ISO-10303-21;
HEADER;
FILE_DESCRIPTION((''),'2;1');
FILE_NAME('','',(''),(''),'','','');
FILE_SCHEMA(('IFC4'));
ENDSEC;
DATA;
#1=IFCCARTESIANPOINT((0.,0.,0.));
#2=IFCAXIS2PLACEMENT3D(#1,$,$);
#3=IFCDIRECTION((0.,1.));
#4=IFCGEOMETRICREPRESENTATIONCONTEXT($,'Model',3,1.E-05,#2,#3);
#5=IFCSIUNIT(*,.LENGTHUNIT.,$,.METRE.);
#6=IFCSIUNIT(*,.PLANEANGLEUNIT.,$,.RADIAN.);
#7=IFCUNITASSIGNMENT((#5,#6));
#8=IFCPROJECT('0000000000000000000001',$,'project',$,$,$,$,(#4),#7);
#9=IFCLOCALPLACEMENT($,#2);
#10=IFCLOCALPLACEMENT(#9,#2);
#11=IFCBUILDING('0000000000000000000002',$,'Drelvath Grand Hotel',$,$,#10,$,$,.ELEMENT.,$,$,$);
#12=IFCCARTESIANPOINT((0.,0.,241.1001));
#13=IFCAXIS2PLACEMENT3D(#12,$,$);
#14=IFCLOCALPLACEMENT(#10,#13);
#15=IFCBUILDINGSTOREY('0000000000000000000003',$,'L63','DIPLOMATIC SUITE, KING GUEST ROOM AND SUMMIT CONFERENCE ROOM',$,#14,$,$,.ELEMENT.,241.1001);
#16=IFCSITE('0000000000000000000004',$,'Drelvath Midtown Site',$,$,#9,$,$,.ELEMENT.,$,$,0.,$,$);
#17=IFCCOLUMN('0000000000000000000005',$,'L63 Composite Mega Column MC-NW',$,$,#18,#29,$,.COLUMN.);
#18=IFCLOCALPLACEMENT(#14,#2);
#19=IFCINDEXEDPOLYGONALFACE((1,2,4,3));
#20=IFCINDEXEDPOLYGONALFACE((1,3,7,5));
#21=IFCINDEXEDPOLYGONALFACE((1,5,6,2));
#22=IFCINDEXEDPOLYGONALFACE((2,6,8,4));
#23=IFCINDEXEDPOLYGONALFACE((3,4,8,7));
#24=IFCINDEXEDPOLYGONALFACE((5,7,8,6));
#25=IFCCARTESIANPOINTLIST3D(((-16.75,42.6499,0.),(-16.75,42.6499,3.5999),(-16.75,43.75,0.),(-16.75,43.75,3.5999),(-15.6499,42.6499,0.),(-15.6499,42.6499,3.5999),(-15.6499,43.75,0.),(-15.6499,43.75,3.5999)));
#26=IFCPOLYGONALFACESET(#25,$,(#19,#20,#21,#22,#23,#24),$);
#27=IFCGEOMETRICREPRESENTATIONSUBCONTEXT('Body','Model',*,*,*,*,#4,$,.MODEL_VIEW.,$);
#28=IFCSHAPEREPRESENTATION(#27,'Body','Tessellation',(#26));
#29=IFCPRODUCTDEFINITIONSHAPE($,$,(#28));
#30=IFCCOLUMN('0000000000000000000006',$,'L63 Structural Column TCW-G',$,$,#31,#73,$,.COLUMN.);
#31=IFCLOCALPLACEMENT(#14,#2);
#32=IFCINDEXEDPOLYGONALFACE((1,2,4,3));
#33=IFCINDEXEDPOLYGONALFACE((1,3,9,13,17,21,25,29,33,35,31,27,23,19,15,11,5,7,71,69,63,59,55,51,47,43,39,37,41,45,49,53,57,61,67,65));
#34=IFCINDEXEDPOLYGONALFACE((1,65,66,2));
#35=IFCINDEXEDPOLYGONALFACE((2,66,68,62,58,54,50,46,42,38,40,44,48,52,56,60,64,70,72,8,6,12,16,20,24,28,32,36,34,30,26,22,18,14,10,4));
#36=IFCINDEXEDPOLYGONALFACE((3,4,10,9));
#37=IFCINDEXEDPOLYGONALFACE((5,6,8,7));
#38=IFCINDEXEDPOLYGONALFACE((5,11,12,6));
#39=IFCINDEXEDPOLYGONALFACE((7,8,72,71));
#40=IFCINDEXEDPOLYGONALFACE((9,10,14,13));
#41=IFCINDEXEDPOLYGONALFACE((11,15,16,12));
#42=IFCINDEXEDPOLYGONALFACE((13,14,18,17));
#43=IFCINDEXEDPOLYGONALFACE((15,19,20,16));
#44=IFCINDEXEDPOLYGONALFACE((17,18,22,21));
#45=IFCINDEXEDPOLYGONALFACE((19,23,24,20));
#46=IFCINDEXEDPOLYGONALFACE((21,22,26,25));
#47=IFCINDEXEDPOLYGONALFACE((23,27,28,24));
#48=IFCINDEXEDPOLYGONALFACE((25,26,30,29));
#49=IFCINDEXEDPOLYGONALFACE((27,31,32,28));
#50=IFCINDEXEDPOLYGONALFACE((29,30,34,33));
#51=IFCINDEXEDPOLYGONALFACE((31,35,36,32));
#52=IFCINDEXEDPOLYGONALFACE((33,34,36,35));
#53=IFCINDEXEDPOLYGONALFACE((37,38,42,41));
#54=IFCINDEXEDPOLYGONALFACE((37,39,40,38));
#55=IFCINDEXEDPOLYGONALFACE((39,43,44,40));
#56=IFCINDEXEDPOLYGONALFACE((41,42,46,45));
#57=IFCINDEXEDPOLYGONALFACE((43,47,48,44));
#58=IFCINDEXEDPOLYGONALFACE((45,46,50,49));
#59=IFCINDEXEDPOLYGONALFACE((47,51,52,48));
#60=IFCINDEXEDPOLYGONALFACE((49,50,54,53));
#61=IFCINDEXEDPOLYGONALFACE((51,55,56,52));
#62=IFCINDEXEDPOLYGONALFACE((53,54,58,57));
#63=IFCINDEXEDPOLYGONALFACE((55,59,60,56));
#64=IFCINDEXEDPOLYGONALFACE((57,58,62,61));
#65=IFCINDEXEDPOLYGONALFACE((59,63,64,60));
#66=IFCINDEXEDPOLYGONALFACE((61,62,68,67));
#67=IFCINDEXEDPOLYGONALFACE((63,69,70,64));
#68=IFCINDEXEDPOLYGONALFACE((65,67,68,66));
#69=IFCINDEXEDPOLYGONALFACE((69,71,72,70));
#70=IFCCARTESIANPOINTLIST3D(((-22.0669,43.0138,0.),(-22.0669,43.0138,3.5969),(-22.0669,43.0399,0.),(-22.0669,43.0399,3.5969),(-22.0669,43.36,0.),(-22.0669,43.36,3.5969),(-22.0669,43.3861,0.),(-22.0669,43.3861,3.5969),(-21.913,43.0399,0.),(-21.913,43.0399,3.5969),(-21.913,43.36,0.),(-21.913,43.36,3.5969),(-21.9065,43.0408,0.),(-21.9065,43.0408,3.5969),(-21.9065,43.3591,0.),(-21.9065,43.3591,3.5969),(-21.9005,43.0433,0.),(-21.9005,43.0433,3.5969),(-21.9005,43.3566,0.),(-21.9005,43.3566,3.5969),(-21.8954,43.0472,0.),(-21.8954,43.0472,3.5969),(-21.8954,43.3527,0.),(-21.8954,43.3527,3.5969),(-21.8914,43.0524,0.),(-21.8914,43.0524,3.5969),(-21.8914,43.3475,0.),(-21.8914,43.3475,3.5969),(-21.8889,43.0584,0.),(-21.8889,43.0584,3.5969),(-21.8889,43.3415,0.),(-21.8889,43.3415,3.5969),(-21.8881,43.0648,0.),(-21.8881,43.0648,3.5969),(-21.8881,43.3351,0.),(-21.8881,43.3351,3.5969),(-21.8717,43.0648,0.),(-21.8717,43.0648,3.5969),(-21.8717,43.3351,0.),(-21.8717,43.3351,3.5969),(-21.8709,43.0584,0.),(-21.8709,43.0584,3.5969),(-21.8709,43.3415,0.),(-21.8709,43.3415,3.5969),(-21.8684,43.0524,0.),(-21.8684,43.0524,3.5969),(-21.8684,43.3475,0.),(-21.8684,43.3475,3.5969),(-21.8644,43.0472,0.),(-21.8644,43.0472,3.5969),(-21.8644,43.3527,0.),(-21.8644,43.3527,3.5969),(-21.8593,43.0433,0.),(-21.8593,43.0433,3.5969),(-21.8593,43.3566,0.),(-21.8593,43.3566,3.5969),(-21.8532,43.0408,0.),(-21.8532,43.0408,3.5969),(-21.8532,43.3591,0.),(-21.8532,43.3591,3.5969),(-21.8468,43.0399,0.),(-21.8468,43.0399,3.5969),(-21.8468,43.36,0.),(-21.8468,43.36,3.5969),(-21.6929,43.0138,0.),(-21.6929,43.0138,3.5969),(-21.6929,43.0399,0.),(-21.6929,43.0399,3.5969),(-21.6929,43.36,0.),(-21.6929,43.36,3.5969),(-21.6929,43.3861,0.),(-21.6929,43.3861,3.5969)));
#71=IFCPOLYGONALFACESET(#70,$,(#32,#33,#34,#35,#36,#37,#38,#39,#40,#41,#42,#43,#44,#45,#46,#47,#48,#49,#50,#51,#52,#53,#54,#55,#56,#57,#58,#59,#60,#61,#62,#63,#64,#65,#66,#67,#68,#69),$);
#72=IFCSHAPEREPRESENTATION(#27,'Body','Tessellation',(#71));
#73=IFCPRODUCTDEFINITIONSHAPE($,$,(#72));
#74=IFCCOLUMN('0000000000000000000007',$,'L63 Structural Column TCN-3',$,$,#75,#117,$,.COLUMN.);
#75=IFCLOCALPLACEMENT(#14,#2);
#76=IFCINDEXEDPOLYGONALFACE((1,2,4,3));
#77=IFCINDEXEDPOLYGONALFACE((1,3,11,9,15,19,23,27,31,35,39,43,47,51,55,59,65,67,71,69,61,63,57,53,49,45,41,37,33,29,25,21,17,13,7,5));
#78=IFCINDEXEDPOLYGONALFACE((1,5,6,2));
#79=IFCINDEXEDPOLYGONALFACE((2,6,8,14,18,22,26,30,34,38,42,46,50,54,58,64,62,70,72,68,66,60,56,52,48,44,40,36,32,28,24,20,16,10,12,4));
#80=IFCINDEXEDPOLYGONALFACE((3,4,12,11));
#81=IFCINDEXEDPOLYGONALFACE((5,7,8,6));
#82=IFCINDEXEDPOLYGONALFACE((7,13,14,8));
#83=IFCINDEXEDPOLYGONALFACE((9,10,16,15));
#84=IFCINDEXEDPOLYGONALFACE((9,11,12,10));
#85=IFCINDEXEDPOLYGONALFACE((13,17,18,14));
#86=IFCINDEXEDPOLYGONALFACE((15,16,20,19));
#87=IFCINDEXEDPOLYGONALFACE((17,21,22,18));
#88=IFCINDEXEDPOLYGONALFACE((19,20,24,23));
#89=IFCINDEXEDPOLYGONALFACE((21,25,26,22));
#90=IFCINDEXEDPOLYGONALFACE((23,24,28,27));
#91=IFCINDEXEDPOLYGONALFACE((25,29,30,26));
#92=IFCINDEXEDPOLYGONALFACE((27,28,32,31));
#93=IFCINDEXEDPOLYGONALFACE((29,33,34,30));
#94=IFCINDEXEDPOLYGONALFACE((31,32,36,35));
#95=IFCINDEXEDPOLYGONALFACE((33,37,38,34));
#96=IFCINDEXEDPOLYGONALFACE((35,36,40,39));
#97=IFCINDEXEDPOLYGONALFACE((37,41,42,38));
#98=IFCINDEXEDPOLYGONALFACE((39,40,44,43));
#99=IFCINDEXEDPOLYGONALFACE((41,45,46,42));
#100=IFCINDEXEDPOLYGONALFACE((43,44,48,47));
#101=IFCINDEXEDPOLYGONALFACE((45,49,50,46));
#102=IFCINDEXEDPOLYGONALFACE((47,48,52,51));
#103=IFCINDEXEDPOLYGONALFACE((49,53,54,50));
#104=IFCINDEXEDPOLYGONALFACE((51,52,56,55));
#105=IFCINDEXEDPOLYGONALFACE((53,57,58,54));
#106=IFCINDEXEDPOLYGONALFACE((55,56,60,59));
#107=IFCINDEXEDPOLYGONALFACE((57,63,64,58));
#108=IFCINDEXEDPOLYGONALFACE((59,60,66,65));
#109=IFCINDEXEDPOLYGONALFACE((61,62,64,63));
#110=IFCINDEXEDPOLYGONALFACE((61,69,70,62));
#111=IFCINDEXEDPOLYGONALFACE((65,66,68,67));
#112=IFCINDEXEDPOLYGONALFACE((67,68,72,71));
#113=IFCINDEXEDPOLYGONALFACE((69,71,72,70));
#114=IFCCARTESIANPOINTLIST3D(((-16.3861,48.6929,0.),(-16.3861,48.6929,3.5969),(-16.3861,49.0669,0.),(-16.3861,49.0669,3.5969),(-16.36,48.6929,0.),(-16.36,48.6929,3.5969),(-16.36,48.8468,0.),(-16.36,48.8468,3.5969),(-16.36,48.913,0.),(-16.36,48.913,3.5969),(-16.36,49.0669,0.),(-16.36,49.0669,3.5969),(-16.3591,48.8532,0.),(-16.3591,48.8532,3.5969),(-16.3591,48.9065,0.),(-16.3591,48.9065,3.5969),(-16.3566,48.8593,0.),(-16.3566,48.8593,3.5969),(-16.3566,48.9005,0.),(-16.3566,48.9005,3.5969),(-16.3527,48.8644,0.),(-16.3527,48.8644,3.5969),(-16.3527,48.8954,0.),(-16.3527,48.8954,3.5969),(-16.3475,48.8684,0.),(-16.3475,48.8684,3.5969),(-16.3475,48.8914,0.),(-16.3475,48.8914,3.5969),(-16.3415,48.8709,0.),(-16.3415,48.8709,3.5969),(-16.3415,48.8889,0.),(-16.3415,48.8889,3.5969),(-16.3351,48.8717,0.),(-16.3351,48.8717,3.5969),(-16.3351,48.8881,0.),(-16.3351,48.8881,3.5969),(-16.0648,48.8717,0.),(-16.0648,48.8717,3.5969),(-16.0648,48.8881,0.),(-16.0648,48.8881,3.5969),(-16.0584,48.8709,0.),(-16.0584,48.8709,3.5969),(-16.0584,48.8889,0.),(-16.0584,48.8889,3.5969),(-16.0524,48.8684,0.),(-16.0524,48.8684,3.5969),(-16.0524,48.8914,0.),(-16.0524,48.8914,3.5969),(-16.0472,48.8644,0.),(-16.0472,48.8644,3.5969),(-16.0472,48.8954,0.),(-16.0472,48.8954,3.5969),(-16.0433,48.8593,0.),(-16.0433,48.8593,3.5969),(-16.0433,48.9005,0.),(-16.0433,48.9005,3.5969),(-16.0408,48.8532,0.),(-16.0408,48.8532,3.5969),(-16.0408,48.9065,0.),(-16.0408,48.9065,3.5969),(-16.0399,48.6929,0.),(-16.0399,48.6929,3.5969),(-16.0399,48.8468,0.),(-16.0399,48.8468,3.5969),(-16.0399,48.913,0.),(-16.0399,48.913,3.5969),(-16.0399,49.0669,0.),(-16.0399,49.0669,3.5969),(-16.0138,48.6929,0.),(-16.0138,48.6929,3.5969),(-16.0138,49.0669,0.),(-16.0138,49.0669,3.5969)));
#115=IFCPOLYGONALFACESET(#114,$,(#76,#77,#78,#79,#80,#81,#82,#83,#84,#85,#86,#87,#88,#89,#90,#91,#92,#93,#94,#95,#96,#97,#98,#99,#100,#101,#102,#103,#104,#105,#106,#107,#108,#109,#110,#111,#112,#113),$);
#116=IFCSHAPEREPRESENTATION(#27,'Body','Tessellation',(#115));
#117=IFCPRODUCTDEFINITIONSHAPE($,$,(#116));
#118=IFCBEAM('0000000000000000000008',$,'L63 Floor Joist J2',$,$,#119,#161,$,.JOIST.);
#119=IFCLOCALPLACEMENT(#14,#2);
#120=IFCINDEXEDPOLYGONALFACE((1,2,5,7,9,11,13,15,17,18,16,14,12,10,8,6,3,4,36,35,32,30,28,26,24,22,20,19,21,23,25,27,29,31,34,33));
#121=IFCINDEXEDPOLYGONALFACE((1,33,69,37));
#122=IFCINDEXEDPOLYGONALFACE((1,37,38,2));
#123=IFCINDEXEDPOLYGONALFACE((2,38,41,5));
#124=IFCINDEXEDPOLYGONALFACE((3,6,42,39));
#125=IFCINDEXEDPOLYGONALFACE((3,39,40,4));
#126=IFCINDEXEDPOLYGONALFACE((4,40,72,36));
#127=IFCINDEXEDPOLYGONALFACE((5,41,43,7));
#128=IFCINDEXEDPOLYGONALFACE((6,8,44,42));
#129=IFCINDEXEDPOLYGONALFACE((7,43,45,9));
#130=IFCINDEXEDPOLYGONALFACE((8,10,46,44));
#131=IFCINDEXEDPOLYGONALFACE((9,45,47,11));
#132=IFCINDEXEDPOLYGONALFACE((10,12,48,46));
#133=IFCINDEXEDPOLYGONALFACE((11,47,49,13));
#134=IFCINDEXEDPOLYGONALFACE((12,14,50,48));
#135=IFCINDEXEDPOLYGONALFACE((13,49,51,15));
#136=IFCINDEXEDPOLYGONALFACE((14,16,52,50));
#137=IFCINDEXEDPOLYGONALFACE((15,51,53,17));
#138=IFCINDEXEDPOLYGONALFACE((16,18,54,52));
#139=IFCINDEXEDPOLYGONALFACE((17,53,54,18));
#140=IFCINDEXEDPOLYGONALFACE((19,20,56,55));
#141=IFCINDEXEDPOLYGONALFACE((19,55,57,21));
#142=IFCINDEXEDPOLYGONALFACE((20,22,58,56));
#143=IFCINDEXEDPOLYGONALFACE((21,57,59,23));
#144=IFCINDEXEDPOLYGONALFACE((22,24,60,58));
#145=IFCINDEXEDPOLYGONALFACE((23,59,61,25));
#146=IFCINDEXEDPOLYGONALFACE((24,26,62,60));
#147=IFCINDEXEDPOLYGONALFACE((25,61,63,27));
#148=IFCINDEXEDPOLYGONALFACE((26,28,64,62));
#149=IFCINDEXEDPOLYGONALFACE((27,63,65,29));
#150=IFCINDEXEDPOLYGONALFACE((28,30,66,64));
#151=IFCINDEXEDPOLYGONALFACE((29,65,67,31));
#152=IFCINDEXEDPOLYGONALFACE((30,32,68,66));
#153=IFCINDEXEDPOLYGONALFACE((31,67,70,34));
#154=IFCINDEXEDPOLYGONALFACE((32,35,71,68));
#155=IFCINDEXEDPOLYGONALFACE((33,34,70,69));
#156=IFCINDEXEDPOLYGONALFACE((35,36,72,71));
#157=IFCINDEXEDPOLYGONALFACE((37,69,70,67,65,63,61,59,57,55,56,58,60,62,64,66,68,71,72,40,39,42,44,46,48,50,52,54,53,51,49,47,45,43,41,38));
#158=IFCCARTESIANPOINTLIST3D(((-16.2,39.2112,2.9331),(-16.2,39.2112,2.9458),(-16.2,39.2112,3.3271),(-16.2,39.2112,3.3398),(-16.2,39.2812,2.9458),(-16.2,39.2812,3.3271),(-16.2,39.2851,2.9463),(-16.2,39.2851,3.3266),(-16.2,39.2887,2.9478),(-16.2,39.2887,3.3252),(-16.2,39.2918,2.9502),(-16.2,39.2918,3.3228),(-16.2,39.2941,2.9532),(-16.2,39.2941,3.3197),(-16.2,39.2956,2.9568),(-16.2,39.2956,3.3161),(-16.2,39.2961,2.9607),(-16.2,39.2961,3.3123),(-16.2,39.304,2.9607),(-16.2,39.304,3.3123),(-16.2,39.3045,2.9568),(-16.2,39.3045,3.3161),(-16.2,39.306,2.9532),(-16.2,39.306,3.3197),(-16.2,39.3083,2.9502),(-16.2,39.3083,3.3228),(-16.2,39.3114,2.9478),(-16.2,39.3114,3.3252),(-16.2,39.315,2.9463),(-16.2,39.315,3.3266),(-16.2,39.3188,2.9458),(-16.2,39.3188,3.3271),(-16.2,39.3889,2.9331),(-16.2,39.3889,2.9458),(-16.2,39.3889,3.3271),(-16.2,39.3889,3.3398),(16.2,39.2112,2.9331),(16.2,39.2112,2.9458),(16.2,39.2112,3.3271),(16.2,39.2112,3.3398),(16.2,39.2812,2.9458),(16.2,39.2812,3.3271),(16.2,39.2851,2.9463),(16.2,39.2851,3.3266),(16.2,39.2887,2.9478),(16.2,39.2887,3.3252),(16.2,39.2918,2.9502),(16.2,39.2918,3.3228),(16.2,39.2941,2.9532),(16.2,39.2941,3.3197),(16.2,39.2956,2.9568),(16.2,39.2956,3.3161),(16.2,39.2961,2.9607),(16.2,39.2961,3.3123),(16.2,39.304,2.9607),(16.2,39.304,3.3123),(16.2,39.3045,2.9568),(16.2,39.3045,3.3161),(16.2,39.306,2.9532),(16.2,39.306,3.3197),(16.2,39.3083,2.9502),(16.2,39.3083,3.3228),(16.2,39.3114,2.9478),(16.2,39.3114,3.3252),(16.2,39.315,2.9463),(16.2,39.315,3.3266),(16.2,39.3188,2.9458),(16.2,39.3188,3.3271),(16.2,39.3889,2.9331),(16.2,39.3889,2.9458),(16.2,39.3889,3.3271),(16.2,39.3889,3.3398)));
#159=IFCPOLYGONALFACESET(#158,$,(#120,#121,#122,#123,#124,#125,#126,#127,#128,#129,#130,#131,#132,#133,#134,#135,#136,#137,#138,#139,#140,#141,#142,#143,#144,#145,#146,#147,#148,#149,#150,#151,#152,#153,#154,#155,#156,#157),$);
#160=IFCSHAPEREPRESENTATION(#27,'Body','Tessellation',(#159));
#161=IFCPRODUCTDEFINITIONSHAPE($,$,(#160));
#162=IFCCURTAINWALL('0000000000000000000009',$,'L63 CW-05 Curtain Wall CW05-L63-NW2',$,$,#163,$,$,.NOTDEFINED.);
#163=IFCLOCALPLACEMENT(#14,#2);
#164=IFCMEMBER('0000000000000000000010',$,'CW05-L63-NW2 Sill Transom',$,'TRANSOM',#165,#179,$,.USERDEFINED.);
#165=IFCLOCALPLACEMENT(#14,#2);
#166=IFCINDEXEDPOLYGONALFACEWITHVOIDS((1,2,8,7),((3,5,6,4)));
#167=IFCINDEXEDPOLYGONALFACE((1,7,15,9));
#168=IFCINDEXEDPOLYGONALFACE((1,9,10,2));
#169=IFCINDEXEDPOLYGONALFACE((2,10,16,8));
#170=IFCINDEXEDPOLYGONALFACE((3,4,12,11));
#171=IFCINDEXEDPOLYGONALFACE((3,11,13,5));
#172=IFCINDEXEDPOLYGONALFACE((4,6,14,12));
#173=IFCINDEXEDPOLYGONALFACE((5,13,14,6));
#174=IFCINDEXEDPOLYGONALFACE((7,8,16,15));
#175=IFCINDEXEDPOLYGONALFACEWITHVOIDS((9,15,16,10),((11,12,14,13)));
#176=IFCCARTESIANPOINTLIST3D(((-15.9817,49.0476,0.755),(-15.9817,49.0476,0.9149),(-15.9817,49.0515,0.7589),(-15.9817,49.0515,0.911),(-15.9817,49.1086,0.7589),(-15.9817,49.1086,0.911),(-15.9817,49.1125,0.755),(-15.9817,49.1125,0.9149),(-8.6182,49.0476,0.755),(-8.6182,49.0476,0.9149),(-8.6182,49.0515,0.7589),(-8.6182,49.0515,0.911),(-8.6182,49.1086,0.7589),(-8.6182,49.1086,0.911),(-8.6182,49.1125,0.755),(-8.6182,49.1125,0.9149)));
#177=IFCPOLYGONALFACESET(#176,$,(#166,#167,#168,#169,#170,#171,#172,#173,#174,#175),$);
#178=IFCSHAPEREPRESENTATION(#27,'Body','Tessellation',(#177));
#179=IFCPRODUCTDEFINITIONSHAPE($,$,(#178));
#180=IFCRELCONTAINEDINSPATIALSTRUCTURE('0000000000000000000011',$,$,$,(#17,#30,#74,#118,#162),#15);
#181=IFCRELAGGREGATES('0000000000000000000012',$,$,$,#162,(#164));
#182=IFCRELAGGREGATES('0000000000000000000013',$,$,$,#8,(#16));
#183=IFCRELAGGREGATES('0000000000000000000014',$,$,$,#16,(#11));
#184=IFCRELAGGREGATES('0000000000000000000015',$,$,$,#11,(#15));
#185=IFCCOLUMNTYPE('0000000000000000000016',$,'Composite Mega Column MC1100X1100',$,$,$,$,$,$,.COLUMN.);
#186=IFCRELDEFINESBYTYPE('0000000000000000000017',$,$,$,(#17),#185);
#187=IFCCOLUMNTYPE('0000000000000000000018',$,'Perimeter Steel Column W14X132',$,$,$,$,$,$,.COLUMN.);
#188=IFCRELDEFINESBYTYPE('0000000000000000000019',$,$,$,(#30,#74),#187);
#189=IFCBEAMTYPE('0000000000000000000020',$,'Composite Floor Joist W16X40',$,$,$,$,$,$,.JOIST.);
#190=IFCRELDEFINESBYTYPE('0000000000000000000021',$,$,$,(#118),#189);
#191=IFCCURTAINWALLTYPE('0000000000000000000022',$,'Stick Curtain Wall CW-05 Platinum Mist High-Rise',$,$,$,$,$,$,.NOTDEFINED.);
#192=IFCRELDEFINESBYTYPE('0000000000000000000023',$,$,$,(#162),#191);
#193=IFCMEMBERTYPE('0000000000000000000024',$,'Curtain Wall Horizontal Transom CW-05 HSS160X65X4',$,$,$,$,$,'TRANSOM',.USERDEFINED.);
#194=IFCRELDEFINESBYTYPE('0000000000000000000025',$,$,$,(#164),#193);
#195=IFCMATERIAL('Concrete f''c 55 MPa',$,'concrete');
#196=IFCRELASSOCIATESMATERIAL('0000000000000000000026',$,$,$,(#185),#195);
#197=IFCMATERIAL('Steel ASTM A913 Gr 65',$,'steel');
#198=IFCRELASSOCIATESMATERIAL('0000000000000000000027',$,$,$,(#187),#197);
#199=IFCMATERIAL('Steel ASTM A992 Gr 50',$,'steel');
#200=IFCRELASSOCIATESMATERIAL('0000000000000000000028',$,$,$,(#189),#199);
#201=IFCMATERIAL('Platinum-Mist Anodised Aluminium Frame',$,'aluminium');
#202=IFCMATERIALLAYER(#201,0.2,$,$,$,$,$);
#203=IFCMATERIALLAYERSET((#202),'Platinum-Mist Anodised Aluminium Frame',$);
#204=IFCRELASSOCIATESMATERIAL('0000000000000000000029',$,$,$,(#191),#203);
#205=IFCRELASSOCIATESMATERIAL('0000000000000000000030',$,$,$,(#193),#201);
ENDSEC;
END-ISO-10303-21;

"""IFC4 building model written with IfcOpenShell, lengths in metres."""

from ifc_helpers import new_model, si_unit, direction, frame, origin, origin_2d, place, context, subcontext, project, spatial, rectangle, hollow_rectangle, i_section, extrude, material, layer, layer_set, material_profile, profile_set, type_object, element, aggregate, save


model = new_model("IFC4")

# Units and contexts
model_context = context("Model", 3, precision=1e-05, world=origin(), true_north=direction((0.0, 1.0)))
body_context = subcontext(model_context, "Body", "Model", "MODEL_VIEW")
ifc_project = project(units=[si_unit("LENGTHUNIT", "METRE"), si_unit("PLANEANGLEUNIT", "RADIAN")], contexts=[model_context])

# Site, building, storey
site_placement = place(None, origin())
site = spatial("IfcSite", under=ifc_project, at=site_placement, Name="Drelvath Midtown Site", CompositionType="ELEMENT", RefElevation=0.0)
building_placement = place(site_placement, origin())
building = spatial("IfcBuilding", under=site, at=building_placement, Name="Drelvath Grand Hotel", CompositionType="ELEMENT")
storey_placement = place(building_placement, frame((0.0, 0.0, 241.1001)))
storey = spatial("IfcBuildingStorey", under=building, at=storey_placement, Name="L63", Description="DIPLOMATIC SUITE, KING GUEST ROOM AND SUMMIT CONFERENCE ROOM", CompositionType="ELEMENT", Elevation=241.1001)

# Columns
ifc_material_1 = material(Name="Concrete f'c 55 MPa", Category="concrete")
ifc_material_profile_1 = material_profile(ifc_material_1, rectangle(XDim=1.1001, YDim=1.1001, at=origin_2d()), Name="MC1100X1100")
ifc_profile_set_1 = profile_set([ifc_material_profile_1], Name="Concrete f'c 55 MPa")
column_type_1 = type_object("IfcColumnType", Name="Composite Mega Column MC1100X1100", PredefinedType="COLUMN", material=ifc_profile_set_1)
column_placement = place(storey_placement, frame((-16.2, 43.2, 0.0), z_axis=(0.0, 0.0, 1.0), x_axis=(1.0, 0.0, 0.0)))
element("IfcColumn", 1, at=column_placement, inside=storey, type_object=column_type_1, Name="L63 Composite Mega Column MC-NW", PredefinedType="COLUMN", context=body_context, shape_type="SweptSolid", body=[
    extrude(rectangle(XDim=1.1001, YDim=1.1001, at=origin_2d()), origin(), (0.0, 0.0, 1.0), 3.5999),
])
ifc_material_2 = material(Name="Steel ASTM A913 Gr 65", Category="steel")
ifc_material_profile_2 = material_profile(ifc_material_2, i_section(OverallWidth=0.374, OverallDepth=0.3723, WebThickness=0.0164, FlangeThickness=0.0261, FilletRadius=0.0249, at=origin_2d()), Name="W14X132")
ifc_profile_set_2 = profile_set([ifc_material_profile_2], Name="Steel ASTM A913 Gr 65")
column_type_2 = type_object("IfcColumnType", Name="Perimeter Steel Column W14X132", PredefinedType="COLUMN", material=ifc_profile_set_2)
for number, where, z_axis, x_axis, name in (
    (2, (-21.8799, 43.2, 0.0), (0.0, 0.0, 1.0), (1.0, 0.0, 0.0), "L63 Structural Column TCW-G"),
    (3, (-16.2, 48.8799, 0.0), (0.0, 0.0, 1.0), (0.0, 1.0, 0.0), "L63 Structural Column TCN-3"),
):
    element("IfcColumn", number, at=place(storey_placement, frame(where, z_axis=z_axis, x_axis=x_axis)), inside=storey, type_object=column_type_2, Name=name, PredefinedType="COLUMN", context=body_context, shape_type="SweptSolid", body=[
        extrude(i_section(OverallWidth=0.374, OverallDepth=0.3723, WebThickness=0.0164, FlangeThickness=0.0261, FilletRadius=0.0249, at=origin_2d()), origin(), (0.0, 0.0, 1.0), 3.5969),
    ])

# Beam
ifc_material_3 = material(Name="Steel ASTM A992 Gr 50", Category="steel")
ifc_material_profile_3 = material_profile(ifc_material_3, i_section(OverallWidth=0.1777, OverallDepth=0.4067, WebThickness=0.0078, FlangeThickness=0.0127, FilletRadius=0.0149, at=origin_2d()), Name="W16X40")
ifc_profile_set_3 = profile_set([ifc_material_profile_3], Name="Steel ASTM A992 Gr 50")
beam_type_1 = type_object("IfcBeamType", Name="Composite Floor Joist W16X40", PredefinedType="JOIST", material=ifc_profile_set_3)
beam_1_placement = place(storey_placement, frame((-16.2, 39.3, 3.1365), z_axis=(1.0, 0.0, 0.0), x_axis=(0.0, 1.0, 0.0)))
element("IfcBeam", 4, at=beam_1_placement, inside=storey, type_object=beam_type_1, Name="L63 Floor Joist J2", PredefinedType="JOIST", context=body_context, shape_type="SweptSolid", body=[
    extrude(i_section(OverallWidth=0.1777, OverallDepth=0.4067, WebThickness=0.0078, FlangeThickness=0.0127, FilletRadius=0.0149, at=origin_2d()), origin(), (0.0, 0.0, 1.0), 32.3999),
])

# Curtain wall, member
ifc_material_4 = material(Name="Platinum-Mist Anodised Aluminium Frame", Category="aluminium")
ifc_layer_1 = layer(ifc_material_4, 0.2)
ifc_layer_set_1 = layer_set([ifc_layer_1], Name="Platinum-Mist Anodised Aluminium Frame")
curtain_wall_type = type_object("IfcCurtainWallType", Name="Stick Curtain Wall CW-05 Platinum Mist High-Rise", PredefinedType="NOTDEFINED", material=ifc_layer_set_1)
curtain_wall_1_placement = place(storey_placement, origin())
curtain_wall_1 = element("IfcCurtainWall", 5, at=curtain_wall_1_placement, inside=storey, type_object=curtain_wall_type, Name="L63 CW-05 Curtain Wall CW05-L63-NW2", PredefinedType="NOTDEFINED")
ifc_material_profile_4 = material_profile(ifc_material_4, hollow_rectangle(XDim=0.0649, YDim=0.1599, WallThickness=0.0039, at=origin_2d()), Name="HSS160X65X4")
ifc_profile_set_4 = profile_set([ifc_material_profile_4], Name="Platinum-Mist Anodised Aluminium Frame")
member_type_1 = type_object("IfcMemberType", Name="Curtain Wall Horizontal Transom CW-05 HSS160X65X4", ElementType="TRANSOM", PredefinedType="USERDEFINED", material=ifc_profile_set_4)
member_1_placement = place(storey_placement, frame((-15.9817, 49.0801, 0.835), z_axis=(1.0, 0.0, 0.0), x_axis=(0.0, 1.0, 0.0)))
member_1 = element("IfcMember", 6, at=member_1_placement, type_object=member_type_1, Name="CW05-L63-NW2 Sill Transom", ObjectType="TRANSOM", PredefinedType="USERDEFINED", context=body_context, shape_type="SweptSolid", body=[
    extrude(hollow_rectangle(XDim=0.0649, YDim=0.1599, WallThickness=0.0039, at=origin_2d()), origin(), (0.0, 0.0, 1.0), 7.3635),
])

aggregate(curtain_wall_1, [member_1])

save(model, "model.ifc")
